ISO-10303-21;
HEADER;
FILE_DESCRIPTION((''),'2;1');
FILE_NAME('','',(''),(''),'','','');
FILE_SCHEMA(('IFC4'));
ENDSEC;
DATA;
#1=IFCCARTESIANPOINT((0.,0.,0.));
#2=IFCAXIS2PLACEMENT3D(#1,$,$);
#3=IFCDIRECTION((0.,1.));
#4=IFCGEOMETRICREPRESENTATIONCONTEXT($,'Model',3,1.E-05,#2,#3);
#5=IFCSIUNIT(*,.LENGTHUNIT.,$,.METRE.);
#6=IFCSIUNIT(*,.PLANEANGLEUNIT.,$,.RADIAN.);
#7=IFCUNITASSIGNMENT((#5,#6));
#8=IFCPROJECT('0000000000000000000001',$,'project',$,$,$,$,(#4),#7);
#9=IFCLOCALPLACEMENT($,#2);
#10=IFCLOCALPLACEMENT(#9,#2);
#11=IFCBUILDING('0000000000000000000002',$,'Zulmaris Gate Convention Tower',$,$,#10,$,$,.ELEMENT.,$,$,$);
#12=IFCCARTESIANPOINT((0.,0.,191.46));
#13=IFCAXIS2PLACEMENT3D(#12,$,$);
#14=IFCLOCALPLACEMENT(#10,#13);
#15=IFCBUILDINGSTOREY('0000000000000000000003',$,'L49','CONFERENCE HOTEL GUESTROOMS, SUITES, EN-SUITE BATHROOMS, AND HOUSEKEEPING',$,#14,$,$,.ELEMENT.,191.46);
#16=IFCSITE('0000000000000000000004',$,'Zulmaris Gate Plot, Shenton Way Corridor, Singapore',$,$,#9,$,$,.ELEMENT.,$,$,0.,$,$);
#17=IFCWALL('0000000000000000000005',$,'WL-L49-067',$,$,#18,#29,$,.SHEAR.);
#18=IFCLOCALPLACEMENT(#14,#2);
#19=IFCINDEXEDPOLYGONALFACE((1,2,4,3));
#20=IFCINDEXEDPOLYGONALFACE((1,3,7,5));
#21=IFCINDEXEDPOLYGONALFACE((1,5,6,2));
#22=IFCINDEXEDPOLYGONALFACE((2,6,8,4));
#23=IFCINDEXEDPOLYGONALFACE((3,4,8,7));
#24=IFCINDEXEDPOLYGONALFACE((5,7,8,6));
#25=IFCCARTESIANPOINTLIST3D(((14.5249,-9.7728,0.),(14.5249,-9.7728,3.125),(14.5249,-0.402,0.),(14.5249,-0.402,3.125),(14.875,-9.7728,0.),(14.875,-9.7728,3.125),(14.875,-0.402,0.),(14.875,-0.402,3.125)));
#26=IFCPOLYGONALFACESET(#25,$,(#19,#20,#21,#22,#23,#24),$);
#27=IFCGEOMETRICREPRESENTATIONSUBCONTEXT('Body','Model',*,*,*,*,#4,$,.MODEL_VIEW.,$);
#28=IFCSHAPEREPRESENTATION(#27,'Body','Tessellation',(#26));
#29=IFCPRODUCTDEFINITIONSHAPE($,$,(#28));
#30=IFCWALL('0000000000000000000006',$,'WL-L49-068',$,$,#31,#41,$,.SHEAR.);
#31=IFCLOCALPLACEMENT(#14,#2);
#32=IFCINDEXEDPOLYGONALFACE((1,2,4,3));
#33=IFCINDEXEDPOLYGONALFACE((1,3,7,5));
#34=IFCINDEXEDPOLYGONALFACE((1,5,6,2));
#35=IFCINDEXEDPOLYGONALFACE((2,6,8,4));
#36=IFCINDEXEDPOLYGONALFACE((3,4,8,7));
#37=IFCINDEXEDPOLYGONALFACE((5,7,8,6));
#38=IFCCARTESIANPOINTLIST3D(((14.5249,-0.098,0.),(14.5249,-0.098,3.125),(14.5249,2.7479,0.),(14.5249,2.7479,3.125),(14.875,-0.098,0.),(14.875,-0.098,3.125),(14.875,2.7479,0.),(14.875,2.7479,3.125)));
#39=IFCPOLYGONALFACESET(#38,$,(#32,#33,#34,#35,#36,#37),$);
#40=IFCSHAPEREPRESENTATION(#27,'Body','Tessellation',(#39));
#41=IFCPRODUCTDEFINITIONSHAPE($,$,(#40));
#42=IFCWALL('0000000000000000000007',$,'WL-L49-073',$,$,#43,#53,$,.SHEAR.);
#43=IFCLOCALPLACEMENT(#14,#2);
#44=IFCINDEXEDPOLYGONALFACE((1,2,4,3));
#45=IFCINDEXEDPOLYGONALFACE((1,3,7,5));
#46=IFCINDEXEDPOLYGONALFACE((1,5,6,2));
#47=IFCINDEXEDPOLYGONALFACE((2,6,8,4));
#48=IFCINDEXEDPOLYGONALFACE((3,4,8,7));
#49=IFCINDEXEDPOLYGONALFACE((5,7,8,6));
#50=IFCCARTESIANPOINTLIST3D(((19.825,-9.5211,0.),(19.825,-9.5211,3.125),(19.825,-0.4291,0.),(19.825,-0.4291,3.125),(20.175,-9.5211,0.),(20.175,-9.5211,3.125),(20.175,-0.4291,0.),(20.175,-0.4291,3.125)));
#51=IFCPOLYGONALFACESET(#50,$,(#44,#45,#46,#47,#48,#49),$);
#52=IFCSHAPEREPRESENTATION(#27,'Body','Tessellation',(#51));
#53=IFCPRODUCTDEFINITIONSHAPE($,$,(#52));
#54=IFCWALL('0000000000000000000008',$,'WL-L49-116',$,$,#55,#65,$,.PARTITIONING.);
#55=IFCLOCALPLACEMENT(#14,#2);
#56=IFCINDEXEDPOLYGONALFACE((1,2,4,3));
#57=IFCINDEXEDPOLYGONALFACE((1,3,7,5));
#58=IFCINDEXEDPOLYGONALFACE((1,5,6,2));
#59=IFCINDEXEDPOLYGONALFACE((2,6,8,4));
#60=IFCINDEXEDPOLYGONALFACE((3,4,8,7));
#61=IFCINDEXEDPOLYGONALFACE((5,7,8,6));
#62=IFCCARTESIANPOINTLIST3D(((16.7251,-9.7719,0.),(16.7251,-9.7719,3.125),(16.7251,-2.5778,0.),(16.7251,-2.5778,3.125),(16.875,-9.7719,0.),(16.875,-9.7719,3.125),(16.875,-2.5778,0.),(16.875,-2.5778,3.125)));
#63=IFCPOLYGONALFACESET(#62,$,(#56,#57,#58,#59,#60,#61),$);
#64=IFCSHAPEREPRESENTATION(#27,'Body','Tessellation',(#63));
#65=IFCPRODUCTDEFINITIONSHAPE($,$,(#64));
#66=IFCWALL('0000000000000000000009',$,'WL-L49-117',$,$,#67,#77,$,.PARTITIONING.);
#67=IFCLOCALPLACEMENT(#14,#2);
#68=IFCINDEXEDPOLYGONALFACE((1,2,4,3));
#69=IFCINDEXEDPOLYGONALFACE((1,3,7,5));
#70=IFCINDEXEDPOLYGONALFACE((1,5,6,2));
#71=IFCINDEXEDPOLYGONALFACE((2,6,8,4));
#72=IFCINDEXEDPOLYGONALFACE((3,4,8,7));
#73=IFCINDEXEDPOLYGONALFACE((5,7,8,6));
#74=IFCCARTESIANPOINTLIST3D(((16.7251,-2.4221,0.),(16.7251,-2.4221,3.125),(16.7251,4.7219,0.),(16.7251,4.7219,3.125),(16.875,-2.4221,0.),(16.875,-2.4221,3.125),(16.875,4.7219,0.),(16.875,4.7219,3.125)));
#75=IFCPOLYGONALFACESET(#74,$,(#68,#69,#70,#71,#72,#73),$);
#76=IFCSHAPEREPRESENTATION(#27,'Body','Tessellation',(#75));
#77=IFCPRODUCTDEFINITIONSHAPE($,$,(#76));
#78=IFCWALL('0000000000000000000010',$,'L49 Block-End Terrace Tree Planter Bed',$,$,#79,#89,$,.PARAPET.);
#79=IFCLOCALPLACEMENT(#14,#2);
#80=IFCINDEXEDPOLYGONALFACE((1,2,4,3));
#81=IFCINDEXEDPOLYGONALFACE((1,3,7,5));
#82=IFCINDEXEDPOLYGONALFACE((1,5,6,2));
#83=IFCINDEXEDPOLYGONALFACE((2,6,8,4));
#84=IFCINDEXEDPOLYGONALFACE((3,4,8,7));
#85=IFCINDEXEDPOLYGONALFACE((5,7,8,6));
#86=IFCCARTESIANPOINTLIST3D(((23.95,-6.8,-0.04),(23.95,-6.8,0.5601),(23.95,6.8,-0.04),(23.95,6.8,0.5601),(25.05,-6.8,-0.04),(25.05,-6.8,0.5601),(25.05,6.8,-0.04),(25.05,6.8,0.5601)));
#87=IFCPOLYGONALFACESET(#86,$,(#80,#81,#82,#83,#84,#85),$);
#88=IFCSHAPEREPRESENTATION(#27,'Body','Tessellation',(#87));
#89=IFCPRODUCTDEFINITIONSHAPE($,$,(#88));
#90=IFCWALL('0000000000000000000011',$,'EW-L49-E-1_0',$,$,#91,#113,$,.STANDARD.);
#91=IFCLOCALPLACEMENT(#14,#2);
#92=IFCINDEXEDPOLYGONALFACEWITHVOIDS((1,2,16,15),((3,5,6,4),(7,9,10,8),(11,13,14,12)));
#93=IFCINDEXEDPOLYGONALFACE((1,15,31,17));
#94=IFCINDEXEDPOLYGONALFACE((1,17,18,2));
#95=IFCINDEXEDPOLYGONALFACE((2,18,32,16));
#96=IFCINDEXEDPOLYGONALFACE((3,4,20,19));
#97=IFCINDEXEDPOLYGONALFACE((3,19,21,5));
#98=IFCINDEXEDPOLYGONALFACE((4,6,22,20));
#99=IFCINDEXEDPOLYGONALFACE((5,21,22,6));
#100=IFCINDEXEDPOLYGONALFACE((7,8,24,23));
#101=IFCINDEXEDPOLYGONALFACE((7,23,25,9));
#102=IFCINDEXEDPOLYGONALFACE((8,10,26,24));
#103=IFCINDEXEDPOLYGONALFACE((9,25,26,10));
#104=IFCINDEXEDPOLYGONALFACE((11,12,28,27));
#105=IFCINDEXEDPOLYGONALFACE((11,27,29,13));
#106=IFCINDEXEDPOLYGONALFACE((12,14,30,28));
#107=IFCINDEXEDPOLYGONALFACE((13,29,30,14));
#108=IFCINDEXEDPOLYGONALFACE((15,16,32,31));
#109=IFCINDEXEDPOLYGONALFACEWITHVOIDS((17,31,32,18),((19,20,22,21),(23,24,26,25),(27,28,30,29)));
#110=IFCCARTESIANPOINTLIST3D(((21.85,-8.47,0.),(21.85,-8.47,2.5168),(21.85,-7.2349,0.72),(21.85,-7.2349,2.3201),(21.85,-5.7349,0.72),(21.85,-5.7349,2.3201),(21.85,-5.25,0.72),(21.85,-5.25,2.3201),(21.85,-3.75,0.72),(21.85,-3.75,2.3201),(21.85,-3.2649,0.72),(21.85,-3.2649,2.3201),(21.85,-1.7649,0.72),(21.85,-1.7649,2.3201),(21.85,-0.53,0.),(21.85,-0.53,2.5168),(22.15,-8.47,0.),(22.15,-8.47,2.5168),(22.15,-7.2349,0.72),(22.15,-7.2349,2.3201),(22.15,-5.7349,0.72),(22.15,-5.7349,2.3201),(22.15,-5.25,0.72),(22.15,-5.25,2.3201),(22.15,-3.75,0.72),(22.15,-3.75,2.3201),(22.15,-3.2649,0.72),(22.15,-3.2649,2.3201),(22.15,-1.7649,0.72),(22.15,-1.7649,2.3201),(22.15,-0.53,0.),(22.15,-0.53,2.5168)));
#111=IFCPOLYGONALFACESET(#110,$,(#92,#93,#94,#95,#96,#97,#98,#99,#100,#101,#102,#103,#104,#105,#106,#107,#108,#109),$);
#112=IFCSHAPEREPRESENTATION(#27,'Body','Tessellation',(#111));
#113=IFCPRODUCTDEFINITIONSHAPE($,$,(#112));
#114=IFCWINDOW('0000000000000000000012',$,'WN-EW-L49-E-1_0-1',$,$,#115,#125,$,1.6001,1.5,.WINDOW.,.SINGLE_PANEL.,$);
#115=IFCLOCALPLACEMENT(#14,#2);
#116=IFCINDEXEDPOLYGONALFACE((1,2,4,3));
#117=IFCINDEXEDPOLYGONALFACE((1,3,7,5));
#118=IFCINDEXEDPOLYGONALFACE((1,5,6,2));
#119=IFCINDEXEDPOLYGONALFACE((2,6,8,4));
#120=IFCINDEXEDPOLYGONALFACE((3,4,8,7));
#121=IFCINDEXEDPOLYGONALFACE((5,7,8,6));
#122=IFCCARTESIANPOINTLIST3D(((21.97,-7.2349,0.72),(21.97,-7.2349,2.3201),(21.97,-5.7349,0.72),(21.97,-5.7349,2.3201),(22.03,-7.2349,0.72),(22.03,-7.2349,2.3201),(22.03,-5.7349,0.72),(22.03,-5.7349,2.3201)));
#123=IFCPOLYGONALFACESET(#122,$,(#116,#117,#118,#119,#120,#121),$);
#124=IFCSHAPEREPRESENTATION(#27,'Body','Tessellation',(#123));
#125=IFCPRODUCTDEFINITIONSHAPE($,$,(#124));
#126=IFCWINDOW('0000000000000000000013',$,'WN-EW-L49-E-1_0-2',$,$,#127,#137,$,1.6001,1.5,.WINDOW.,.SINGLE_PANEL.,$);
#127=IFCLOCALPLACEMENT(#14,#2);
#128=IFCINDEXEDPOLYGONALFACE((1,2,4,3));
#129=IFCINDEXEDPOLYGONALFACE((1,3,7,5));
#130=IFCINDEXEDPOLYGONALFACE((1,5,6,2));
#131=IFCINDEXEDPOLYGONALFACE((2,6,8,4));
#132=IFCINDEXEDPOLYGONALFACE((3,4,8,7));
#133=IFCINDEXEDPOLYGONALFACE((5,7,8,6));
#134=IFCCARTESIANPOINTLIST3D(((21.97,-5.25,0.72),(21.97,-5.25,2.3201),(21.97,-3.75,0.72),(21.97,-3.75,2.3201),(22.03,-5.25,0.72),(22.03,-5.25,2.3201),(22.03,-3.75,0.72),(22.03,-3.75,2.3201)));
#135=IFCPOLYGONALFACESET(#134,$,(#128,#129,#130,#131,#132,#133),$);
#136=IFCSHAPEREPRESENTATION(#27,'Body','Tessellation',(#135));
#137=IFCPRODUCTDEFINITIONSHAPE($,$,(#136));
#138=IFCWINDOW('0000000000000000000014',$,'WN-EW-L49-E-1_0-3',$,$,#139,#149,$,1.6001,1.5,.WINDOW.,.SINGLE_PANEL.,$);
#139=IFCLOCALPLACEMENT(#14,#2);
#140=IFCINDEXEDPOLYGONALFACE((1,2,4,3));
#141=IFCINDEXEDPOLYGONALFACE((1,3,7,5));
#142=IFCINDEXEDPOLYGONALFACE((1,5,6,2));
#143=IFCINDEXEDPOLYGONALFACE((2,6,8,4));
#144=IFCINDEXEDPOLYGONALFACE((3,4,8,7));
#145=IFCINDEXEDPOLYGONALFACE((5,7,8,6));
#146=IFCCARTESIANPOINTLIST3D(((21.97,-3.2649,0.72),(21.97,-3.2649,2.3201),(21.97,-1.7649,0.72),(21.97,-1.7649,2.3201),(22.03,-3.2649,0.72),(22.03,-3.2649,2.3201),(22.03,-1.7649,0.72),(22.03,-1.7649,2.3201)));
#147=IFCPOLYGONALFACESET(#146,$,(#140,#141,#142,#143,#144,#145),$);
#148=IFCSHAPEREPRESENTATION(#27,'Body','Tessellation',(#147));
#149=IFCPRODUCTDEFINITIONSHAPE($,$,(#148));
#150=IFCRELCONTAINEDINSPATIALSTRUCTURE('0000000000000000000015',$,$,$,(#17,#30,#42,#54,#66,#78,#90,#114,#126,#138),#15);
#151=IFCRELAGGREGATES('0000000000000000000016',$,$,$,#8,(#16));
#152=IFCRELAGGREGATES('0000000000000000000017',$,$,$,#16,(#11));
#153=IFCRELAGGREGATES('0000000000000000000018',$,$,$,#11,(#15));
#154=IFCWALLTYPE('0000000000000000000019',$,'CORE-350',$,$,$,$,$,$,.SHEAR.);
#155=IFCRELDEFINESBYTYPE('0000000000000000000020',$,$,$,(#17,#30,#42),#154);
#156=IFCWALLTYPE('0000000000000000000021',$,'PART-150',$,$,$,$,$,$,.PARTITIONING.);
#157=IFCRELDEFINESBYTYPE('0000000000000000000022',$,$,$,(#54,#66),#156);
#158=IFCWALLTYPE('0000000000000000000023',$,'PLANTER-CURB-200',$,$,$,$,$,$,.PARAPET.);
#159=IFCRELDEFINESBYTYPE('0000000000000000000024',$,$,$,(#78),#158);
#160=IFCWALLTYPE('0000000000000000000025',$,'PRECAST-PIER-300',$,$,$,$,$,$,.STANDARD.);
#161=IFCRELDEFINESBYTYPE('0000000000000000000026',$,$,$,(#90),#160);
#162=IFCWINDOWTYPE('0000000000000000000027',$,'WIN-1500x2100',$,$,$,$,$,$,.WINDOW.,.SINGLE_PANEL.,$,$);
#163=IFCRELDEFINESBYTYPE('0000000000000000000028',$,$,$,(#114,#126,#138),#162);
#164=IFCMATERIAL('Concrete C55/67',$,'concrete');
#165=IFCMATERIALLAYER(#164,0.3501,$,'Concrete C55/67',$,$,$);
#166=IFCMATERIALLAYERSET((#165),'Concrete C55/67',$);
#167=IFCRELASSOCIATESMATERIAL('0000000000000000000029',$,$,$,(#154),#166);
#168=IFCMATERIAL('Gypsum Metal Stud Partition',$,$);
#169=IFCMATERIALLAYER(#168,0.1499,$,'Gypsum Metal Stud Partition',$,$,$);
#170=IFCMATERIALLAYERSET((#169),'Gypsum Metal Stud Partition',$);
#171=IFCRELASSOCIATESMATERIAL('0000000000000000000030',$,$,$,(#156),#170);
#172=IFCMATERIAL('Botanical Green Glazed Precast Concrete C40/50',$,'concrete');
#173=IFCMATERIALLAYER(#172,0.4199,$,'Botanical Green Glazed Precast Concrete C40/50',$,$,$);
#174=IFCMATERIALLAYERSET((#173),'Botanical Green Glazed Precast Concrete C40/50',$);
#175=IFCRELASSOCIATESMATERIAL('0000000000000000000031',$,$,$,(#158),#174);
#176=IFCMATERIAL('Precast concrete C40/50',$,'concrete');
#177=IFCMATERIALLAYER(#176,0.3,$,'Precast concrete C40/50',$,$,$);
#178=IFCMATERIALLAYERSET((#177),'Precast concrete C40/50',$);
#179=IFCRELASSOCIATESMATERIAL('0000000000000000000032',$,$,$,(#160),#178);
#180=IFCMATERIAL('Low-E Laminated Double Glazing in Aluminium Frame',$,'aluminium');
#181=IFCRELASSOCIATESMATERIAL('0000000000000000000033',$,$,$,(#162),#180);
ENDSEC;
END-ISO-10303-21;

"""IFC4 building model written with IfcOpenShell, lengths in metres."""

from ifc_helpers import new_model, si_unit, direction, frame, frame_2d, origin, place, context, subcontext, project, spatial, rectangle, extrude, material, layer, layer_set, type_object, element, fill, save


model = new_model("IFC4")

# Units and contexts
model_context = context("Model", 3, precision=1e-05, world=origin(), true_north=direction((0.0, 1.0)))
body_context = subcontext(model_context, "Body", "Model", "MODEL_VIEW")
ifc_project = project(units=[si_unit("LENGTHUNIT", "METRE"), si_unit("PLANEANGLEUNIT", "RADIAN")], contexts=[model_context])

# Site, building, storey
site_placement = place(None, origin())
site = spatial("IfcSite", under=ifc_project, at=site_placement, Name="Zulmaris Gate Plot, Shenton Way Corridor, Singapore", CompositionType="ELEMENT", RefElevation=0.0)
building_placement = place(site_placement, origin())
building = spatial("IfcBuilding", under=site, at=building_placement, Name="Zulmaris Gate Convention Tower", CompositionType="ELEMENT")
storey_placement = place(building_placement, frame((0.0, 0.0, 191.46)))
storey = spatial("IfcBuildingStorey", under=building, at=storey_placement, Name="L49", Description="CONFERENCE HOTEL GUESTROOMS, SUITES, EN-SUITE BATHROOMS, AND HOUSEKEEPING", CompositionType="ELEMENT", Elevation=191.46)

# Walls
ifc_material_1 = material(Name="Concrete C55/67", Category="concrete")
ifc_layer_1 = layer(ifc_material_1, 0.3501, Name="Concrete C55/67")
ifc_layer_set_1 = layer_set([ifc_layer_1], Name="Concrete C55/67")
wall_type_1 = type_object("IfcWallType", Name="CORE-350", PredefinedType="SHEAR", material=ifc_layer_set_1)
wall_1_placement = place(storey_placement, frame((14.7, -9.7729, 0.0), z_axis=(0.0, 0.0, 1.0), x_axis=(0.0, 1.0, 0.0)))
element("IfcWall", 1, at=wall_1_placement, inside=storey, type_object=wall_type_1, Name="WL-L49-067", PredefinedType="SHEAR", context=body_context, shape_type="SweptSolid", body=[
    extrude(rectangle(XDim=9.3708, YDim=0.3501, at=frame_2d((4.6855, 0.0))), origin(), (0.0, 0.0, 1.0), 3.125),
])
wall_2_placement = place(storey_placement, frame((14.7, -0.0979, 0.0), z_axis=(0.0, 0.0, 1.0), x_axis=(0.0, 1.0, 0.0)))
element("IfcWall", 2, at=wall_2_placement, inside=storey, type_object=wall_type_1, Name="WL-L49-068", PredefinedType="SHEAR", context=body_context, shape_type="SweptSolid", body=[
    extrude(rectangle(XDim=2.8459, YDim=0.3501, at=frame_2d((1.4229, 0.0))), origin(), (0.0, 0.0, 1.0), 3.125),
])
wall_3_placement = place(storey_placement, frame((20.0, -9.521, 0.0), z_axis=(0.0, 0.0, 1.0), x_axis=(0.0, 1.0, 0.0)))
element("IfcWall", 3, at=wall_3_placement, inside=storey, type_object=wall_type_1, Name="WL-L49-073", PredefinedType="SHEAR", context=body_context, shape_type="SweptSolid", body=[
    extrude(rectangle(XDim=9.092, YDim=0.3501, at=frame_2d((4.5459, 0.0))), origin(), (0.0, 0.0, 1.0), 3.125),
])

# Shared definitions
ifc_material_2 = material(Name="Gypsum Metal Stud Partition")
ifc_layer_2 = layer(ifc_material_2, 0.1499, Name="Gypsum Metal Stud Partition")
ifc_layer_set_2 = layer_set([ifc_layer_2], Name="Gypsum Metal Stud Partition")
wall_type_2 = type_object("IfcWallType", Name="PART-150", PredefinedType="PARTITIONING", material=ifc_layer_set_2)

# Walls
wall_4_placement = place(storey_placement, frame((16.8, -9.772, 0.0), z_axis=(0.0, 0.0, 1.0), x_axis=(0.0, 1.0, 0.0)))
element("IfcWall", 4, at=wall_4_placement, inside=storey, type_object=wall_type_2, Name="WL-L49-116", PredefinedType="PARTITIONING", context=body_context, shape_type="SweptSolid", body=[
    extrude(rectangle(XDim=7.1941, YDim=0.1499, at=frame_2d((3.5972, 0.0))), origin(), (0.0, 0.0, 1.0), 3.125),
])
wall_5_placement = place(storey_placement, frame((16.8, -2.4221, 0.0), z_axis=(0.0, 0.0, 1.0), x_axis=(0.0, 1.0, 0.0)))
element("IfcWall", 5, at=wall_5_placement, inside=storey, type_object=wall_type_2, Name="WL-L49-117", PredefinedType="PARTITIONING", context=body_context, shape_type="SweptSolid", body=[
    extrude(rectangle(XDim=7.144, YDim=0.1499, at=frame_2d((3.572, 0.0))), origin(), (0.0, 0.0, 1.0), 3.125),
])
ifc_material_3 = material(Name="Botanical Green Glazed Precast Concrete C40/50", Category="concrete")
ifc_layer_3 = layer(ifc_material_3, 0.4199, Name="Botanical Green Glazed Precast Concrete C40/50")
ifc_layer_set_3 = layer_set([ifc_layer_3], Name="Botanical Green Glazed Precast Concrete C40/50")
wall_type_3 = type_object("IfcWallType", Name="PLANTER-CURB-200", PredefinedType="PARAPET", material=ifc_layer_set_3)
wall_6_placement = place(storey_placement, frame((24.5, -6.8, -0.04), z_axis=(0.0, 0.0, 1.0), x_axis=(0.0, 1.0, 0.0)))
element("IfcWall", 6, at=wall_6_placement, inside=storey, type_object=wall_type_3, Name="L49 Block-End Terrace Tree Planter Bed", PredefinedType="PARAPET", context=body_context, shape_type="SweptSolid", body=[
    extrude(rectangle(XDim=13.6001, YDim=1.1001, at=frame_2d((6.8, 0.0))), origin(), (0.0, 0.0, 1.0), 0.6001),
])

# Wall, openings, windows
ifc_material_4 = material(Name="Precast concrete C40/50", Category="concrete")
ifc_layer_4 = layer(ifc_material_4, 0.3, Name="Precast concrete C40/50")
ifc_layer_set_4 = layer_set([ifc_layer_4], Name="Precast concrete C40/50")
wall_type_4 = type_object("IfcWallType", Name="PRECAST-PIER-300", PredefinedType="STANDARD", material=ifc_layer_set_4)
wall_7_placement = place(storey_placement, frame((22.0, -8.47, 0.0), z_axis=(0.0, 0.0, 1.0), x_axis=(0.0, 1.0, 0.0)))
wall_7 = element("IfcWall", 7, at=wall_7_placement, inside=storey, type_object=wall_type_4, Name="EW-L49-E-1_0", PredefinedType="STANDARD", context=body_context, shape_type="SweptSolid", body=[
    extrude(rectangle(XDim=7.9399, YDim=0.3, at=frame_2d((3.97, 0.0))), origin(), (0.0, 0.0, 1.0), 2.5168),
])
opening_1_placement = place(wall_7_placement, frame((1.2351, 0.0, 0.72)))
opening_1 = element("IfcOpeningElement", 8, at=opening_1_placement, cuts=wall_7, PredefinedType="OPENING", context=body_context, shape_type="SweptSolid", body=[
    extrude(rectangle(XDim=1.5, YDim=1.6001, at=frame_2d((0.75, 0.8))), frame((0.0, 0.1602, 0.0), z_axis=(0.0, -1.0, 0.0), x_axis=(1.0, 0.0, 0.0)), (0.0, 0.0, 1.0), 0.3201),
])
opening_2_placement = place(wall_7_placement, frame((3.22, 0.0, 0.72)))
opening_2 = element("IfcOpeningElement", 9, at=opening_2_placement, cuts=wall_7, PredefinedType="OPENING", context=body_context, shape_type="SweptSolid", body=[
    extrude(rectangle(XDim=1.5, YDim=1.6001, at=frame_2d((0.75, 0.8))), frame((0.0, 0.1602, 0.0), z_axis=(0.0, -1.0, 0.0), x_axis=(1.0, 0.0, 0.0)), (0.0, 0.0, 1.0), 0.3201),
])
opening_3_placement = place(wall_7_placement, frame((5.2051, 0.0, 0.72)))
opening_3 = element("IfcOpeningElement", 10, at=opening_3_placement, cuts=wall_7, PredefinedType="OPENING", context=body_context, shape_type="SweptSolid", body=[
    extrude(rectangle(XDim=1.5, YDim=1.6001, at=frame_2d((0.75, 0.8))), frame((0.0, 0.1602, 0.0), z_axis=(0.0, -1.0, 0.0), x_axis=(1.0, 0.0, 0.0)), (0.0, 0.0, 1.0), 0.3201),
])
ifc_material_5 = material(Name="Low-E Laminated Double Glazing in Aluminium Frame", Category="aluminium")
window_type = type_object("IfcWindowType", Name="WIN-1500x2100", PartitioningType="SINGLE_PANEL", PredefinedType="WINDOW", material=ifc_material_5)
window_1_placement = place(opening_1_placement, origin())
window_1 = element("IfcWindow", 11, at=window_1_placement, inside=storey, type_object=window_type, Name="WN-EW-L49-E-1_0-1", OverallHeight=1.6001, OverallWidth=1.5, PartitioningType="SINGLE_PANEL", PredefinedType="WINDOW", context=body_context, shape_type="SweptSolid", body=[
    extrude(rectangle(XDim=1.5, YDim=1.6001, at=frame_2d((0.75, 0.8))), frame((0.0, 0.03, 0.0), z_axis=(0.0, -1.0, 0.0), x_axis=(1.0, 0.0, 0.0)), (0.0, 0.0, 1.0), 0.0601),
])
fill(opening_1, window_1)
window_2_placement = place(opening_2_placement, origin())
window_2 = element("IfcWindow", 12, at=window_2_placement, inside=storey, type_object=window_type, Name="WN-EW-L49-E-1_0-2", OverallHeight=1.6001, OverallWidth=1.5, PartitioningType="SINGLE_PANEL", PredefinedType="WINDOW", context=body_context, shape_type="SweptSolid", body=[
    extrude(rectangle(XDim=1.5, YDim=1.6001, at=frame_2d((0.75, 0.8))), frame((0.0, 0.03, 0.0), z_axis=(0.0, -1.0, 0.0), x_axis=(1.0, 0.0, 0.0)), (0.0, 0.0, 1.0), 0.0601),
])
fill(opening_2, window_2)
window_3_placement = place(opening_3_placement, origin())
window_3 = element("IfcWindow", 13, at=window_3_placement, inside=storey, type_object=window_type, Name="WN-EW-L49-E-1_0-3", OverallHeight=1.6001, OverallWidth=1.5, PartitioningType="SINGLE_PANEL", PredefinedType="WINDOW", context=body_context, shape_type="SweptSolid", body=[
    extrude(rectangle(XDim=1.5, YDim=1.6001, at=frame_2d((0.75, 0.8))), frame((0.0, 0.03, 0.0), z_axis=(0.0, -1.0, 0.0), x_axis=(1.0, 0.0, 0.0)), (0.0, 0.0, 1.0), 0.0601),
])
fill(opening_3, window_3)

save(model, "model.ifc")
